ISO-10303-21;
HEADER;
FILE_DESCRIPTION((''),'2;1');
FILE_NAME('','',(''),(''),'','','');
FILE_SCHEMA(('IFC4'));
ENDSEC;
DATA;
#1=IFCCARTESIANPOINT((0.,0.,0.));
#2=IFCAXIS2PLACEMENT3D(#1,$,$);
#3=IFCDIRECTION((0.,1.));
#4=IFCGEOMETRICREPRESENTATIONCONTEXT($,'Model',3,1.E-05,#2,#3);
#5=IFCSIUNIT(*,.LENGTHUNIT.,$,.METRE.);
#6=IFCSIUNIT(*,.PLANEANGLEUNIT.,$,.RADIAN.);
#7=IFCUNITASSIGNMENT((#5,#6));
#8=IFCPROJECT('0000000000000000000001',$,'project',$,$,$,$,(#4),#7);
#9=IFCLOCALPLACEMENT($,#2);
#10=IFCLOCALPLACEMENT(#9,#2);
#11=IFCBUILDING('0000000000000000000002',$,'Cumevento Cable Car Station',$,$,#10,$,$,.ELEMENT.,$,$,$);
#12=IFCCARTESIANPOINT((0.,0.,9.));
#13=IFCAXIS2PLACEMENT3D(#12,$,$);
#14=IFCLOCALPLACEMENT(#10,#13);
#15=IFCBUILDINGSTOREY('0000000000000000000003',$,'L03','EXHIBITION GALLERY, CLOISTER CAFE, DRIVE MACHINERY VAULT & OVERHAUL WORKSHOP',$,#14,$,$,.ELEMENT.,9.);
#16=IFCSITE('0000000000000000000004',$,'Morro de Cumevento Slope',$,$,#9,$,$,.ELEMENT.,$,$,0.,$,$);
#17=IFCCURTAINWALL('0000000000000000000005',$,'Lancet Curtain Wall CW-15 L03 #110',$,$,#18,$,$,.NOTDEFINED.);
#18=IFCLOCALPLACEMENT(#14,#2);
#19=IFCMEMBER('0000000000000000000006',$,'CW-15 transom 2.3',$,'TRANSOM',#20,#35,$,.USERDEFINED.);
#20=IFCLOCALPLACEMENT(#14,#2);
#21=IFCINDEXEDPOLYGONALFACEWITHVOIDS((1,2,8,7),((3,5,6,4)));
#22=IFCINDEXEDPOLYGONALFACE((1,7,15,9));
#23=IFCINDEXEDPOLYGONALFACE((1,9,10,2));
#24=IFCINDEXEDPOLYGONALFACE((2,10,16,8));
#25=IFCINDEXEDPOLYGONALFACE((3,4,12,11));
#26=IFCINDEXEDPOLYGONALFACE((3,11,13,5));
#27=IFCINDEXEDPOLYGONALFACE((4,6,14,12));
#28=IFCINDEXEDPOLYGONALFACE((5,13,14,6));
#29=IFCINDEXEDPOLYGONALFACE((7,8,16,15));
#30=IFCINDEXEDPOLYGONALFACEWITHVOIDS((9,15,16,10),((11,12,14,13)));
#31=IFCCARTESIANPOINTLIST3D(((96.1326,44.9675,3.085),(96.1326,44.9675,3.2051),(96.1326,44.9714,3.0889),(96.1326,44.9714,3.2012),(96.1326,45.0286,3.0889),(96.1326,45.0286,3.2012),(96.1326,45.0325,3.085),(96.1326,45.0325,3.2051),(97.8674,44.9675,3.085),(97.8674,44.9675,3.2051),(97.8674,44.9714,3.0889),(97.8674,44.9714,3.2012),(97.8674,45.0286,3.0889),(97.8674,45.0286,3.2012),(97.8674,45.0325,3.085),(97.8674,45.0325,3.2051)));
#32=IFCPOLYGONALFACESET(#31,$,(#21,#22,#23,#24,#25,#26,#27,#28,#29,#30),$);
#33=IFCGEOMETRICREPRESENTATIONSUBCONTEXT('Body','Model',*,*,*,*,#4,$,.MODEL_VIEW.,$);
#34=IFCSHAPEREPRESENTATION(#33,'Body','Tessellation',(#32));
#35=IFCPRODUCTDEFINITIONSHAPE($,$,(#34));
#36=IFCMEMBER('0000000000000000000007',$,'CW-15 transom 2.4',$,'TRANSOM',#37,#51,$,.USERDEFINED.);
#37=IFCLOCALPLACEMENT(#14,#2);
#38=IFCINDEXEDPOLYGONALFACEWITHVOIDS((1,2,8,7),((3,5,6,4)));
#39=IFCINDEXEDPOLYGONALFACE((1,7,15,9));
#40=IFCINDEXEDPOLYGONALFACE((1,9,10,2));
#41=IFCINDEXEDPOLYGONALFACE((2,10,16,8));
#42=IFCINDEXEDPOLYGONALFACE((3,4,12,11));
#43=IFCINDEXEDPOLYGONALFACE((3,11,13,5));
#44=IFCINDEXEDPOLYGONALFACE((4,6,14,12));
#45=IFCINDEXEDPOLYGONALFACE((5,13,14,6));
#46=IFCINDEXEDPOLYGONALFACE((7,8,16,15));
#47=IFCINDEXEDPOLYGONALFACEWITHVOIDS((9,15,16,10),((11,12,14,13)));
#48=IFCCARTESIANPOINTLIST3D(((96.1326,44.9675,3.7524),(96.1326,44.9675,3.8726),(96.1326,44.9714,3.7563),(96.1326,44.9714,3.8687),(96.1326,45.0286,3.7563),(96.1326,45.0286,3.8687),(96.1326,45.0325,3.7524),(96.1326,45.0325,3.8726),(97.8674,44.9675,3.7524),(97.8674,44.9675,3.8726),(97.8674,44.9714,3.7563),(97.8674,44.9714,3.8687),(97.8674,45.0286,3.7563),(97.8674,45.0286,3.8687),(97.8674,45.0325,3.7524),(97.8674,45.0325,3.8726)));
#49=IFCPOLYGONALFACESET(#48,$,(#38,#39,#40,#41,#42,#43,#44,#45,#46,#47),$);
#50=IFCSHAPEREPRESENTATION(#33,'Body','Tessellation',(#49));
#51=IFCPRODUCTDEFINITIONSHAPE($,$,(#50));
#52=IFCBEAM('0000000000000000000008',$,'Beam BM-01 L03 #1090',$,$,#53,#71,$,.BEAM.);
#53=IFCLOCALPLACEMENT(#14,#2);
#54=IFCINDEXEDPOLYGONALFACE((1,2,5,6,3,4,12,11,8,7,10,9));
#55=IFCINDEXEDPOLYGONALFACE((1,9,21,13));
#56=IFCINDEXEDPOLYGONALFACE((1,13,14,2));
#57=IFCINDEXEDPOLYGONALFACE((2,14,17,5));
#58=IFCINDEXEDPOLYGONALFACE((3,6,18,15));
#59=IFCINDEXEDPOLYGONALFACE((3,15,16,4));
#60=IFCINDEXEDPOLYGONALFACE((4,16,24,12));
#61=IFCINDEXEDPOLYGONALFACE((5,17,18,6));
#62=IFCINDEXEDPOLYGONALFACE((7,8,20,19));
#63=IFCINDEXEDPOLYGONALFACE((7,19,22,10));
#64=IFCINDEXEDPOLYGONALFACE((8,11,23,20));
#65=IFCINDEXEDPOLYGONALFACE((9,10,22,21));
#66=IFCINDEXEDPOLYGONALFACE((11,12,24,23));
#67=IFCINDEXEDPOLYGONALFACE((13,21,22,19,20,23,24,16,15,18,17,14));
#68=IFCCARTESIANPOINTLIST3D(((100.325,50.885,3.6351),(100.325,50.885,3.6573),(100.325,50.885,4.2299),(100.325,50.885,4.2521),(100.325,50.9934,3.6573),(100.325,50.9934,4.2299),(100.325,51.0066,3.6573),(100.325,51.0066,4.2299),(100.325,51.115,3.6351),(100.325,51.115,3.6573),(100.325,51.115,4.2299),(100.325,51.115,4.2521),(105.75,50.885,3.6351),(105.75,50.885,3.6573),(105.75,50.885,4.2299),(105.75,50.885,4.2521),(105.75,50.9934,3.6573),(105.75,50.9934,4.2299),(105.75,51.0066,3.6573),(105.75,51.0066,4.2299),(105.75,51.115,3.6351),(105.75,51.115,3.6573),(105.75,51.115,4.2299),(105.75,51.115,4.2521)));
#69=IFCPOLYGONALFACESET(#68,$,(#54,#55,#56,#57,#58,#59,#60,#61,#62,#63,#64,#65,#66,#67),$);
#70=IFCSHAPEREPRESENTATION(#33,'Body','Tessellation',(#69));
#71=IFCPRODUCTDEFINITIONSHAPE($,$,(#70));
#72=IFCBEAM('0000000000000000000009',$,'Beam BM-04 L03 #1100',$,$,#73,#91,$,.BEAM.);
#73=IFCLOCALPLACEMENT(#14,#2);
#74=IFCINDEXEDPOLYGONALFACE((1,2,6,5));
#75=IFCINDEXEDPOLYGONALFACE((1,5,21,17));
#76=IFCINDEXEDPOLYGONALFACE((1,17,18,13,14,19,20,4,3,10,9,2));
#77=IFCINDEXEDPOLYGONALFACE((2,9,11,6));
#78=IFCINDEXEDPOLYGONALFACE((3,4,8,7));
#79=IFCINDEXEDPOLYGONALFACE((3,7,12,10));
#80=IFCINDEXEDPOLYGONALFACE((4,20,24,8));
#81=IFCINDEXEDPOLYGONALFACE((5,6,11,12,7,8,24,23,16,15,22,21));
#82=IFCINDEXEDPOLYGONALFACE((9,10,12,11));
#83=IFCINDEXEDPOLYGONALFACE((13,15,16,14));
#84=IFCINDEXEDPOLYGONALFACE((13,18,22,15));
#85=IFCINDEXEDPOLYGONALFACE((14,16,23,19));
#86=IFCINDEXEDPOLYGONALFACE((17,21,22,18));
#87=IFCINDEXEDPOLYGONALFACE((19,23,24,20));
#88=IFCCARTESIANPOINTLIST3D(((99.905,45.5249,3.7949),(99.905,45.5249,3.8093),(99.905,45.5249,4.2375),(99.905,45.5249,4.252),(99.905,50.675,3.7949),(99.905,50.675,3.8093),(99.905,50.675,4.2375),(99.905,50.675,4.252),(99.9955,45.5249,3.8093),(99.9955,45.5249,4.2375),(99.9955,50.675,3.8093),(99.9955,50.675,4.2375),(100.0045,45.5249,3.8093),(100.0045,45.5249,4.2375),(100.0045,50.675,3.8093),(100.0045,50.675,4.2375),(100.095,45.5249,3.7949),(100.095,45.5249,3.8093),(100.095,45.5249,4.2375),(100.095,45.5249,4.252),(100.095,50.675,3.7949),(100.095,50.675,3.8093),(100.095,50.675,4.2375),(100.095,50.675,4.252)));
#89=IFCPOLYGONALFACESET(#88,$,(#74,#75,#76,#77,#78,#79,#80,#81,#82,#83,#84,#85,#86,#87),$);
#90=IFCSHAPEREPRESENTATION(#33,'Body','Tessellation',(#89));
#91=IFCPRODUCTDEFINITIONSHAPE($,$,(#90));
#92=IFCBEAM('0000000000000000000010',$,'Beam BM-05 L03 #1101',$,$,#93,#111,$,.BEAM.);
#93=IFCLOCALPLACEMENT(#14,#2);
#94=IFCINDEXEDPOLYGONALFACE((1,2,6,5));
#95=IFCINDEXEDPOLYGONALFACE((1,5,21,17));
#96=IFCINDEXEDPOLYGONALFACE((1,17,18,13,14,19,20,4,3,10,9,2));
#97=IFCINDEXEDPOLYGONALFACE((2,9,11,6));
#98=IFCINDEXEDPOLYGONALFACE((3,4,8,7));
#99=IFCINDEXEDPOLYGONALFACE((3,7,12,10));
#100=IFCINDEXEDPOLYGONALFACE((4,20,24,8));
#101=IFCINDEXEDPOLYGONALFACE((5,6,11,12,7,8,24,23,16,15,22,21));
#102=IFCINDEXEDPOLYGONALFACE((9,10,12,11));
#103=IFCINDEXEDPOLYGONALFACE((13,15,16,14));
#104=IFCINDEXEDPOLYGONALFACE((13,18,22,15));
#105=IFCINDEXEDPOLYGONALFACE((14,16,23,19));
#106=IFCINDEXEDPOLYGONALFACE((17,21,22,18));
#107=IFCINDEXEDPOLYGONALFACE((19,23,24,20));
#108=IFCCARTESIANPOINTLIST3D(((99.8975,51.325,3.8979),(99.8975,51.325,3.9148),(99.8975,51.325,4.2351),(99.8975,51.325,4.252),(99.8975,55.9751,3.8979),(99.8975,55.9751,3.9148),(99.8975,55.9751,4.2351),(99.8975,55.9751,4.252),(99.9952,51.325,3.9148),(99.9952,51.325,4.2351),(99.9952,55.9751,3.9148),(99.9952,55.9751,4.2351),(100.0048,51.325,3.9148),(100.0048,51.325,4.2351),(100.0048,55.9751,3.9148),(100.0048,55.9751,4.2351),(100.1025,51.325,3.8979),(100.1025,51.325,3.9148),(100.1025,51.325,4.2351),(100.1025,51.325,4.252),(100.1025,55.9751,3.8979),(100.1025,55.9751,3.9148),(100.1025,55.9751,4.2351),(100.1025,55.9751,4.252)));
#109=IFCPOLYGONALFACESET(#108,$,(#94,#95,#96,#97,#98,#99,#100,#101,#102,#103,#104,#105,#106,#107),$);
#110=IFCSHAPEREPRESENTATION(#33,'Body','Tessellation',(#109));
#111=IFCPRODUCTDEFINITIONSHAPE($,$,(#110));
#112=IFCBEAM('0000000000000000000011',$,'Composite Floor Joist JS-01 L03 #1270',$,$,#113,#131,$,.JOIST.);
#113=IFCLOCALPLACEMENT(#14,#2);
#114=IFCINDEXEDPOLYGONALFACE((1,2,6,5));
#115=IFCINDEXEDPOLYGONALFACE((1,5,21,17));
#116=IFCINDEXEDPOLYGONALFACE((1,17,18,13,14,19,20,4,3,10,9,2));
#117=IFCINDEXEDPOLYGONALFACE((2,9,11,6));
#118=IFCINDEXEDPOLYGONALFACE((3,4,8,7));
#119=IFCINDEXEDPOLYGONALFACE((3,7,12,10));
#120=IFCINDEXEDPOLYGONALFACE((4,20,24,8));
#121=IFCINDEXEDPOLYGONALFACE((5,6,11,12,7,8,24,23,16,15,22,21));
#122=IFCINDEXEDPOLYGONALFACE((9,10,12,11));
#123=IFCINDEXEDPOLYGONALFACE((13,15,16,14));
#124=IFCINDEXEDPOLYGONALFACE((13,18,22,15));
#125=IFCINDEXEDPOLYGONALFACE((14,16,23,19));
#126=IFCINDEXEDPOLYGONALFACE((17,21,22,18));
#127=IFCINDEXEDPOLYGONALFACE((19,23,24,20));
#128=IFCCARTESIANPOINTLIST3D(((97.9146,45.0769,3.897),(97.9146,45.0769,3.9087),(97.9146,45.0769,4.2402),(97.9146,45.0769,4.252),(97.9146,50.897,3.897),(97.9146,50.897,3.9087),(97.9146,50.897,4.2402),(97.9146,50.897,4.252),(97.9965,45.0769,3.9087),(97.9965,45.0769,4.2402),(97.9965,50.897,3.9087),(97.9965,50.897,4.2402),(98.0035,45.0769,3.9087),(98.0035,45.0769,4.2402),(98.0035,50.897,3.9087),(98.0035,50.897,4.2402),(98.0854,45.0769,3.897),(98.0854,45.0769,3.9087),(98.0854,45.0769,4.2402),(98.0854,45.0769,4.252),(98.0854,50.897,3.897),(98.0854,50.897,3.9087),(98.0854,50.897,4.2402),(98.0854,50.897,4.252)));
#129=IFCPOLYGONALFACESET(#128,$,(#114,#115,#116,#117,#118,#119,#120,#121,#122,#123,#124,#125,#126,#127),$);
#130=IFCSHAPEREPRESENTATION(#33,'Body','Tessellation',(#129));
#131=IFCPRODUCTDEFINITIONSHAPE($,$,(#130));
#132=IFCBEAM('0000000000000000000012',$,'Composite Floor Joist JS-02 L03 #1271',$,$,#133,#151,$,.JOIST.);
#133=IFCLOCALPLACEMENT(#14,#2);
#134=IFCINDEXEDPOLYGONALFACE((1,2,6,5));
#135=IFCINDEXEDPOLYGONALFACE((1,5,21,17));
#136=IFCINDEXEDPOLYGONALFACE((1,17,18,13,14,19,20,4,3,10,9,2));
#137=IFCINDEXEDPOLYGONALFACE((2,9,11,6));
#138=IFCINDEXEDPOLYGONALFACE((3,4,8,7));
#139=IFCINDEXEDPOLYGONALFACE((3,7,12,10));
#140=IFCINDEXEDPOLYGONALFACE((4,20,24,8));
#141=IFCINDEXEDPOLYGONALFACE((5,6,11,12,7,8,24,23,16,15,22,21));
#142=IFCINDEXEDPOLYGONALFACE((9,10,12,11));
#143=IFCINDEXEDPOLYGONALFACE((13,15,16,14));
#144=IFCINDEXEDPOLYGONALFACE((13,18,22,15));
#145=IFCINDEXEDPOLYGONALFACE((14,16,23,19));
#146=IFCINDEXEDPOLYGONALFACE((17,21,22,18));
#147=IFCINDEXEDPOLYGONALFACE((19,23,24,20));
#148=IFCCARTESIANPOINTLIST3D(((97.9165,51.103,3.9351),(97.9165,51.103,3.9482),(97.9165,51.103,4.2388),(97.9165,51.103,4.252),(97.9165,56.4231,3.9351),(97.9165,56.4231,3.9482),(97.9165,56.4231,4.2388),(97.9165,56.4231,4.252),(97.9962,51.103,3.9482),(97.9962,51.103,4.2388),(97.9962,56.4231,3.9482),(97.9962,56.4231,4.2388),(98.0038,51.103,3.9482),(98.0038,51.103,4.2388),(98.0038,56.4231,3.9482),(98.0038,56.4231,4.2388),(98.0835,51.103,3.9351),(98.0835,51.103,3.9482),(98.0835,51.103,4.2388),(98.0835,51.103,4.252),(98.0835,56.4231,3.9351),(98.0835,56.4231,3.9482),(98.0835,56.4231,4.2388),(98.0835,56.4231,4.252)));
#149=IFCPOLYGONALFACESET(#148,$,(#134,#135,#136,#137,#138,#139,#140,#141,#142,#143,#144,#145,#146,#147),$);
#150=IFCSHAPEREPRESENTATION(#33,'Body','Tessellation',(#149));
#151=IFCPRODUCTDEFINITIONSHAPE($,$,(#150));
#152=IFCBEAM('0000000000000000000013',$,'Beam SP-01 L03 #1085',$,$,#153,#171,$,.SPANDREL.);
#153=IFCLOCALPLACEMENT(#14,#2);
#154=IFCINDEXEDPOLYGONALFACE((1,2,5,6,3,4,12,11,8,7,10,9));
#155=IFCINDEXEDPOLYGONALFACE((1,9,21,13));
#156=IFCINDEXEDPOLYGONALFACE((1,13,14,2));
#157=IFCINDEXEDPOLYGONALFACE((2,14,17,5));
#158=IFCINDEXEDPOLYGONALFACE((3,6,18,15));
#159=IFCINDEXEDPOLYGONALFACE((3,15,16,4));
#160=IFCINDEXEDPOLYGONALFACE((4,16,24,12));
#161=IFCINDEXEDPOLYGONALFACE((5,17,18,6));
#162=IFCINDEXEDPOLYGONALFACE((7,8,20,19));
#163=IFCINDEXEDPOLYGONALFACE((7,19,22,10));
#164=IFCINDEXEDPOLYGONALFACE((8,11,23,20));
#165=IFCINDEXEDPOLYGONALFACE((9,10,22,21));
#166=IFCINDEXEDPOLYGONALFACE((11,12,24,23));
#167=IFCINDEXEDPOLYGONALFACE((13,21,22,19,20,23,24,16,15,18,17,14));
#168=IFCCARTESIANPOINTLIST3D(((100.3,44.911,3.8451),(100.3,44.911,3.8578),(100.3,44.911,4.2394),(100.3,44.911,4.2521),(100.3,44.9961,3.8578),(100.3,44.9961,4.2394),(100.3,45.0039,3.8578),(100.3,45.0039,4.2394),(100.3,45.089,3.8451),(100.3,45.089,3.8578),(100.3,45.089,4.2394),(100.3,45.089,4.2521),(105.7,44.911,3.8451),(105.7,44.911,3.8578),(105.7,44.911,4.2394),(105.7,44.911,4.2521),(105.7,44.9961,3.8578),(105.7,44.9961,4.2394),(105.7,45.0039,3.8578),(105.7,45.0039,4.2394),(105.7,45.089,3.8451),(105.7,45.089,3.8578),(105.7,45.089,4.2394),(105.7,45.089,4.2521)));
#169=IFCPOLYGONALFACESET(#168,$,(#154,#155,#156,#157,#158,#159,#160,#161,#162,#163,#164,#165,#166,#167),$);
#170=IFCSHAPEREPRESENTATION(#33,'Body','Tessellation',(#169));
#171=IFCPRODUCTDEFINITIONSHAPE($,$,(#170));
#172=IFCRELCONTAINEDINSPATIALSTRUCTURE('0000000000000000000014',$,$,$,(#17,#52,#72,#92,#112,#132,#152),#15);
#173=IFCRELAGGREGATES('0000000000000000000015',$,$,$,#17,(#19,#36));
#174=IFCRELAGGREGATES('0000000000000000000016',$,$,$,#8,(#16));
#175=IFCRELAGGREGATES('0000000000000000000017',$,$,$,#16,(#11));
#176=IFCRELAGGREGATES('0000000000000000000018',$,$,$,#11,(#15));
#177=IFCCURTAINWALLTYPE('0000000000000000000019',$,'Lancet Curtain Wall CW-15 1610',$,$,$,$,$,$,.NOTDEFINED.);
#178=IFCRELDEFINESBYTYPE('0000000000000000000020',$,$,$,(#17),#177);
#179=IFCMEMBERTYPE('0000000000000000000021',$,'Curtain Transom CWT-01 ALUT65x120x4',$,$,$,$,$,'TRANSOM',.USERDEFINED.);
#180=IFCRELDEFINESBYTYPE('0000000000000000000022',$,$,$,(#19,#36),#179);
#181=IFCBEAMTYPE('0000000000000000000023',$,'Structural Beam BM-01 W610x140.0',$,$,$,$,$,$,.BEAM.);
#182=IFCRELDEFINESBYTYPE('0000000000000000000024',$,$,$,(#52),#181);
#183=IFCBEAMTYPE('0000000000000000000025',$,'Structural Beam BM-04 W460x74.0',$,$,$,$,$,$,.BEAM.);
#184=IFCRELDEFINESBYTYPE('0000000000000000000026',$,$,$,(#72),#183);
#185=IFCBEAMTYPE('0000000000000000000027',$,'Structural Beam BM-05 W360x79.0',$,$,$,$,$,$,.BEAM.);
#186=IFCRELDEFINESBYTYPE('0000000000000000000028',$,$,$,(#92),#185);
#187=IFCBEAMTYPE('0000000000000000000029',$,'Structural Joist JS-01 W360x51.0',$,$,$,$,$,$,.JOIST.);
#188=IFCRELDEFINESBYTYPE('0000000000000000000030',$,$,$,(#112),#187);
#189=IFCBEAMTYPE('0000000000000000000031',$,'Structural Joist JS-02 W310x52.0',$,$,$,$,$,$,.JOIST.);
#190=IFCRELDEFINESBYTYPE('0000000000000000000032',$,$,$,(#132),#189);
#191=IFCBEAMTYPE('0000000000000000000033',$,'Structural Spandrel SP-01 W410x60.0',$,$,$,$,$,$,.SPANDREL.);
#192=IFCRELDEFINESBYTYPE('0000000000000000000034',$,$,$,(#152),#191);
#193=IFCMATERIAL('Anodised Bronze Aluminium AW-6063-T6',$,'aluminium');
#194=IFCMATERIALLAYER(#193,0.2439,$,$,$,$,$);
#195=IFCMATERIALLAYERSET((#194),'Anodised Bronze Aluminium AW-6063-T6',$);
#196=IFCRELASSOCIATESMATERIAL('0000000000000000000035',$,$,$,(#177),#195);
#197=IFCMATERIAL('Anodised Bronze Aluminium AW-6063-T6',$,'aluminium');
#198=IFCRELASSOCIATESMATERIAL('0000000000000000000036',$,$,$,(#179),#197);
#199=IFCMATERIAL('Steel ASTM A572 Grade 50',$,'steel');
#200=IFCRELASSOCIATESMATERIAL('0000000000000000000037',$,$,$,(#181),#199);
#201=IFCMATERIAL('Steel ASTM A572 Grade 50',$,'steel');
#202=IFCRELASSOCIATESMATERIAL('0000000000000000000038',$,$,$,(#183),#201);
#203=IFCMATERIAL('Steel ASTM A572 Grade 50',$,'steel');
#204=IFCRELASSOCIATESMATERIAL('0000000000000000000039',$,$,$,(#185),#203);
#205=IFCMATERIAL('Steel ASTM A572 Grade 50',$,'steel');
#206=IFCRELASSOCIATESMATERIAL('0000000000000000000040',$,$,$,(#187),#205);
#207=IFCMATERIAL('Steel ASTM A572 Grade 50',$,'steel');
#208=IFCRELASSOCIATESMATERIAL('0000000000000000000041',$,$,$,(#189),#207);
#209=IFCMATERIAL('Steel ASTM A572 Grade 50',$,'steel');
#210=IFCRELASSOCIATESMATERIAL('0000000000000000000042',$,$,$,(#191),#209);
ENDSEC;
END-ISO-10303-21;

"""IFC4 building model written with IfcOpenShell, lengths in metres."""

from ifc_helpers import new_model, si_unit, direction, frame, origin, origin_2d, place, context, subcontext, project, spatial, hollow_rectangle, i_section, extrude, material, layer, layer_set, material_profile, profile_set, type_object, element, aggregate, save


model = new_model("IFC4")

# Units and contexts
model_context = context("Model", 3, precision=1e-05, world=origin(), true_north=direction((0.0, 1.0)))
body_context = subcontext(model_context, "Body", "Model", "MODEL_VIEW")
ifc_project = project(units=[si_unit("LENGTHUNIT", "METRE"), si_unit("PLANEANGLEUNIT", "RADIAN")], contexts=[model_context])

# Site, building, storey
site_placement = place(None, origin())
site = spatial("IfcSite", under=ifc_project, at=site_placement, Name="Morro de Cumevento Slope", CompositionType="ELEMENT", RefElevation=0.0)
building_placement = place(site_placement, origin())
building = spatial("IfcBuilding", under=site, at=building_placement, Name="Cumevento Cable Car Station", CompositionType="ELEMENT")
storey_placement = place(building_placement, frame((0.0, 0.0, 9.0)))
storey = spatial("IfcBuildingStorey", under=building, at=storey_placement, Name="L03", Description="EXHIBITION GALLERY, CLOISTER CAFE, DRIVE MACHINERY VAULT & OVERHAUL WORKSHOP", CompositionType="ELEMENT", Elevation=9.0)

# Curtain wall
ifc_material_1 = material(Name="Anodised Bronze Aluminium AW-6063-T6", Category="aluminium")
ifc_layer_1 = layer(ifc_material_1, 0.2439)
ifc_layer_set_1 = layer_set([ifc_layer_1], Name="Anodised Bronze Aluminium AW-6063-T6")
curtain_wall_type_1 = type_object("IfcCurtainWallType", Name="Lancet Curtain Wall CW-15 1610", PredefinedType="NOTDEFINED", material=ifc_layer_set_1)
curtain_wall_1_placement = place(storey_placement, origin())
curtain_wall_1 = element("IfcCurtainWall", 1, at=curtain_wall_1_placement, inside=storey, type_object=curtain_wall_type_1, Name="Lancet Curtain Wall CW-15 L03 #110", PredefinedType="NOTDEFINED")

# Members
ifc_material_2 = material(Name="Anodised Bronze Aluminium AW-6063-T6", Category="aluminium")
ifc_material_profile_1 = material_profile(ifc_material_2, hollow_rectangle(XDim=0.0649, YDim=0.1201, WallThickness=0.0039, at=origin_2d()), Name="ALUT65x120x4")
ifc_profile_set_1 = profile_set([ifc_material_profile_1], Name="Anodised Bronze Aluminium AW-6063-T6")
member_type_1 = type_object("IfcMemberType", Name="Curtain Transom CWT-01 ALUT65x120x4", ElementType="TRANSOM", PredefinedType="USERDEFINED", material=ifc_profile_set_1)
member_1_placement = place(storey_placement, frame((97.8674, 45.0, 3.145), z_axis=(-1.0, 0.0, 0.0), x_axis=(0.0, -1.0, 0.0)))
member_1 = element("IfcMember", 2, at=member_1_placement, type_object=member_type_1, Name="CW-15 transom 2.3", ObjectType="TRANSOM", PredefinedType="USERDEFINED", context=body_context, shape_type="SweptSolid", body=[
    extrude(hollow_rectangle(XDim=0.0649, YDim=0.1201, WallThickness=0.0039, at=origin_2d()), origin(), (0.0, 0.0, 1.0), 1.7349),
])
member_2_placement = place(storey_placement, frame((97.8674, 45.0, 3.8125), z_axis=(-1.0, 0.0, 0.0), x_axis=(0.0, -1.0, 0.0)))
member_2 = element("IfcMember", 3, at=member_2_placement, type_object=member_type_1, Name="CW-15 transom 2.4", ObjectType="TRANSOM", PredefinedType="USERDEFINED", context=body_context, shape_type="SweptSolid", body=[
    extrude(hollow_rectangle(XDim=0.0649, YDim=0.1201, WallThickness=0.0039, at=origin_2d()), origin(), (0.0, 0.0, 1.0), 1.7349),
])

# Beams
ifc_material_3 = material(Name="Steel ASTM A572 Grade 50", Category="steel")
ifc_material_profile_2 = material_profile(ifc_material_3, i_section(OverallWidth=0.23, OverallDepth=0.6169, WebThickness=0.0132, FlangeThickness=0.0222, at=origin_2d()), Name="W610x140.0")
ifc_profile_set_2 = profile_set([ifc_material_profile_2], Name="Steel ASTM A572 Grade 50")
beam_type_1 = type_object("IfcBeamType", Name="Structural Beam BM-01 W610x140.0", PredefinedType="BEAM", material=ifc_profile_set_2)
beam_1_placement = place(storey_placement, frame((100.325, 51.0, 3.9436), z_axis=(1.0, 0.0, 0.0), x_axis=(0.0, 1.0, 0.0)))
element("IfcBeam", 4, at=beam_1_placement, inside=storey, type_object=beam_type_1, Name="Beam BM-01 L03 #1090", PredefinedType="BEAM", context=body_context, shape_type="SweptSolid", body=[
    extrude(i_section(OverallWidth=0.23, OverallDepth=0.6169, WebThickness=0.0132, FlangeThickness=0.0222, at=origin_2d()), origin(), (0.0, 0.0, 1.0), 5.425),
])
ifc_material_4 = material(Name="Steel ASTM A572 Grade 50", Category="steel")
ifc_material_profile_3 = material_profile(ifc_material_4, i_section(OverallWidth=0.1899, OverallDepth=0.457, WebThickness=0.009, FlangeThickness=0.0144, at=origin_2d()), Name="W460x74.0")
ifc_profile_set_3 = profile_set([ifc_material_profile_3], Name="Steel ASTM A572 Grade 50")
beam_type_2 = type_object("IfcBeamType", Name="Structural Beam BM-04 W460x74.0", PredefinedType="BEAM", material=ifc_profile_set_3)
beam_2_placement = place(storey_placement, frame((100.0, 45.5249, 4.0234), z_axis=(0.0, 1.0, 0.0), x_axis=(-1.0, 0.0, 0.0)))
element("IfcBeam", 5, at=beam_2_placement, inside=storey, type_object=beam_type_2, Name="Beam BM-04 L03 #1100", PredefinedType="BEAM", context=body_context, shape_type="SweptSolid", body=[
    extrude(i_section(OverallWidth=0.1899, OverallDepth=0.457, WebThickness=0.009, FlangeThickness=0.0144, at=origin_2d()), origin(), (0.0, 0.0, 1.0), 5.1501),
])
ifc_material_5 = material(Name="Steel ASTM A572 Grade 50", Category="steel")
ifc_material_profile_4 = material_profile(ifc_material_5, i_section(OverallWidth=0.2051, OverallDepth=0.354, WebThickness=0.0095, FlangeThickness=0.0168, at=origin_2d()), Name="W360x79.0")
ifc_profile_set_4 = profile_set([ifc_material_profile_4], Name="Steel ASTM A572 Grade 50")
beam_type_3 = type_object("IfcBeamType", Name="Structural Beam BM-05 W360x79.0", PredefinedType="BEAM", material=ifc_profile_set_4)
beam_3_placement = place(storey_placement, frame((100.0, 51.325, 4.075), z_axis=(0.0, 1.0, 0.0), x_axis=(-1.0, 0.0, 0.0)))
element("IfcBeam", 6, at=beam_3_placement, inside=storey, type_object=beam_type_3, Name="Beam BM-05 L03 #1101", PredefinedType="BEAM", context=body_context, shape_type="SweptSolid", body=[
    extrude(i_section(OverallWidth=0.2051, OverallDepth=0.354, WebThickness=0.0095, FlangeThickness=0.0168, at=origin_2d()), origin(), (0.0, 0.0, 1.0), 4.6501),
])
ifc_material_6 = material(Name="Steel ASTM A572 Grade 50", Category="steel")
ifc_material_profile_5 = material_profile(ifc_material_6, i_section(OverallWidth=0.1709, OverallDepth=0.355, WebThickness=0.0071, FlangeThickness=0.0117, at=origin_2d()), Name="W360x51.0")
ifc_profile_set_5 = profile_set([ifc_material_profile_5], Name="Steel ASTM A572 Grade 50")
beam_type_4 = type_object("IfcBeamType", Name="Structural Joist JS-01 W360x51.0", PredefinedType="JOIST", material=ifc_profile_set_5)
beam_4_placement = place(storey_placement, frame((98.0, 45.0769, 4.0745), z_axis=(0.0, 1.0, 0.0), x_axis=(-1.0, 0.0, 0.0)))
element("IfcBeam", 7, at=beam_4_placement, inside=storey, type_object=beam_type_4, Name="Composite Floor Joist JS-01 L03 #1270", PredefinedType="JOIST", context=body_context, shape_type="SweptSolid", body=[
    extrude(i_section(OverallWidth=0.1709, OverallDepth=0.355, WebThickness=0.0071, FlangeThickness=0.0117, at=origin_2d()), origin(), (0.0, 0.0, 1.0), 5.8201),
])
ifc_material_7 = material(Name="Steel ASTM A572 Grade 50", Category="steel")
ifc_material_profile_6 = material_profile(ifc_material_7, i_section(OverallWidth=0.167, OverallDepth=0.3169, WebThickness=0.0076, FlangeThickness=0.0132, at=origin_2d()), Name="W310x52.0")
ifc_profile_set_6 = profile_set([ifc_material_profile_6], Name="Steel ASTM A572 Grade 50")
beam_type_5 = type_object("IfcBeamType", Name="Structural Joist JS-02 W310x52.0", PredefinedType="JOIST", material=ifc_profile_set_6)
beam_5_placement = place(storey_placement, frame((98.0, 51.103, 4.0935), z_axis=(0.0, 1.0, 0.0), x_axis=(-1.0, 0.0, 0.0)))
element("IfcBeam", 8, at=beam_5_placement, inside=storey, type_object=beam_type_5, Name="Composite Floor Joist JS-02 L03 #1271", PredefinedType="JOIST", context=body_context, shape_type="SweptSolid", body=[
    extrude(i_section(OverallWidth=0.167, OverallDepth=0.3169, WebThickness=0.0076, FlangeThickness=0.0132, at=origin_2d()), origin(), (0.0, 0.0, 1.0), 5.3201),
])
ifc_material_8 = material(Name="Steel ASTM A572 Grade 50", Category="steel")
ifc_material_profile_7 = material_profile(ifc_material_8, i_section(OverallWidth=0.178, OverallDepth=0.407, WebThickness=0.0078, FlangeThickness=0.0127, at=origin_2d()), Name="W410x60.0")
ifc_profile_set_7 = profile_set([ifc_material_profile_7], Name="Steel ASTM A572 Grade 50")
beam_type_6 = type_object("IfcBeamType", Name="Structural Spandrel SP-01 W410x60.0", PredefinedType="SPANDREL", material=ifc_profile_set_7)
beam_6_placement = place(storey_placement, frame((100.3, 45.0, 4.0486), z_axis=(1.0, 0.0, 0.0), x_axis=(0.0, 1.0, 0.0)))
element("IfcBeam", 9, at=beam_6_placement, inside=storey, type_object=beam_type_6, Name="Beam SP-01 L03 #1085", PredefinedType="SPANDREL", context=body_context, shape_type="SweptSolid", body=[
    extrude(i_section(OverallWidth=0.178, OverallDepth=0.407, WebThickness=0.0078, FlangeThickness=0.0127, at=origin_2d()), origin(), (0.0, 0.0, 1.0), 5.3999),
])

aggregate(curtain_wall_1, [member_1, member_2])

save(model, "model.ifc")
